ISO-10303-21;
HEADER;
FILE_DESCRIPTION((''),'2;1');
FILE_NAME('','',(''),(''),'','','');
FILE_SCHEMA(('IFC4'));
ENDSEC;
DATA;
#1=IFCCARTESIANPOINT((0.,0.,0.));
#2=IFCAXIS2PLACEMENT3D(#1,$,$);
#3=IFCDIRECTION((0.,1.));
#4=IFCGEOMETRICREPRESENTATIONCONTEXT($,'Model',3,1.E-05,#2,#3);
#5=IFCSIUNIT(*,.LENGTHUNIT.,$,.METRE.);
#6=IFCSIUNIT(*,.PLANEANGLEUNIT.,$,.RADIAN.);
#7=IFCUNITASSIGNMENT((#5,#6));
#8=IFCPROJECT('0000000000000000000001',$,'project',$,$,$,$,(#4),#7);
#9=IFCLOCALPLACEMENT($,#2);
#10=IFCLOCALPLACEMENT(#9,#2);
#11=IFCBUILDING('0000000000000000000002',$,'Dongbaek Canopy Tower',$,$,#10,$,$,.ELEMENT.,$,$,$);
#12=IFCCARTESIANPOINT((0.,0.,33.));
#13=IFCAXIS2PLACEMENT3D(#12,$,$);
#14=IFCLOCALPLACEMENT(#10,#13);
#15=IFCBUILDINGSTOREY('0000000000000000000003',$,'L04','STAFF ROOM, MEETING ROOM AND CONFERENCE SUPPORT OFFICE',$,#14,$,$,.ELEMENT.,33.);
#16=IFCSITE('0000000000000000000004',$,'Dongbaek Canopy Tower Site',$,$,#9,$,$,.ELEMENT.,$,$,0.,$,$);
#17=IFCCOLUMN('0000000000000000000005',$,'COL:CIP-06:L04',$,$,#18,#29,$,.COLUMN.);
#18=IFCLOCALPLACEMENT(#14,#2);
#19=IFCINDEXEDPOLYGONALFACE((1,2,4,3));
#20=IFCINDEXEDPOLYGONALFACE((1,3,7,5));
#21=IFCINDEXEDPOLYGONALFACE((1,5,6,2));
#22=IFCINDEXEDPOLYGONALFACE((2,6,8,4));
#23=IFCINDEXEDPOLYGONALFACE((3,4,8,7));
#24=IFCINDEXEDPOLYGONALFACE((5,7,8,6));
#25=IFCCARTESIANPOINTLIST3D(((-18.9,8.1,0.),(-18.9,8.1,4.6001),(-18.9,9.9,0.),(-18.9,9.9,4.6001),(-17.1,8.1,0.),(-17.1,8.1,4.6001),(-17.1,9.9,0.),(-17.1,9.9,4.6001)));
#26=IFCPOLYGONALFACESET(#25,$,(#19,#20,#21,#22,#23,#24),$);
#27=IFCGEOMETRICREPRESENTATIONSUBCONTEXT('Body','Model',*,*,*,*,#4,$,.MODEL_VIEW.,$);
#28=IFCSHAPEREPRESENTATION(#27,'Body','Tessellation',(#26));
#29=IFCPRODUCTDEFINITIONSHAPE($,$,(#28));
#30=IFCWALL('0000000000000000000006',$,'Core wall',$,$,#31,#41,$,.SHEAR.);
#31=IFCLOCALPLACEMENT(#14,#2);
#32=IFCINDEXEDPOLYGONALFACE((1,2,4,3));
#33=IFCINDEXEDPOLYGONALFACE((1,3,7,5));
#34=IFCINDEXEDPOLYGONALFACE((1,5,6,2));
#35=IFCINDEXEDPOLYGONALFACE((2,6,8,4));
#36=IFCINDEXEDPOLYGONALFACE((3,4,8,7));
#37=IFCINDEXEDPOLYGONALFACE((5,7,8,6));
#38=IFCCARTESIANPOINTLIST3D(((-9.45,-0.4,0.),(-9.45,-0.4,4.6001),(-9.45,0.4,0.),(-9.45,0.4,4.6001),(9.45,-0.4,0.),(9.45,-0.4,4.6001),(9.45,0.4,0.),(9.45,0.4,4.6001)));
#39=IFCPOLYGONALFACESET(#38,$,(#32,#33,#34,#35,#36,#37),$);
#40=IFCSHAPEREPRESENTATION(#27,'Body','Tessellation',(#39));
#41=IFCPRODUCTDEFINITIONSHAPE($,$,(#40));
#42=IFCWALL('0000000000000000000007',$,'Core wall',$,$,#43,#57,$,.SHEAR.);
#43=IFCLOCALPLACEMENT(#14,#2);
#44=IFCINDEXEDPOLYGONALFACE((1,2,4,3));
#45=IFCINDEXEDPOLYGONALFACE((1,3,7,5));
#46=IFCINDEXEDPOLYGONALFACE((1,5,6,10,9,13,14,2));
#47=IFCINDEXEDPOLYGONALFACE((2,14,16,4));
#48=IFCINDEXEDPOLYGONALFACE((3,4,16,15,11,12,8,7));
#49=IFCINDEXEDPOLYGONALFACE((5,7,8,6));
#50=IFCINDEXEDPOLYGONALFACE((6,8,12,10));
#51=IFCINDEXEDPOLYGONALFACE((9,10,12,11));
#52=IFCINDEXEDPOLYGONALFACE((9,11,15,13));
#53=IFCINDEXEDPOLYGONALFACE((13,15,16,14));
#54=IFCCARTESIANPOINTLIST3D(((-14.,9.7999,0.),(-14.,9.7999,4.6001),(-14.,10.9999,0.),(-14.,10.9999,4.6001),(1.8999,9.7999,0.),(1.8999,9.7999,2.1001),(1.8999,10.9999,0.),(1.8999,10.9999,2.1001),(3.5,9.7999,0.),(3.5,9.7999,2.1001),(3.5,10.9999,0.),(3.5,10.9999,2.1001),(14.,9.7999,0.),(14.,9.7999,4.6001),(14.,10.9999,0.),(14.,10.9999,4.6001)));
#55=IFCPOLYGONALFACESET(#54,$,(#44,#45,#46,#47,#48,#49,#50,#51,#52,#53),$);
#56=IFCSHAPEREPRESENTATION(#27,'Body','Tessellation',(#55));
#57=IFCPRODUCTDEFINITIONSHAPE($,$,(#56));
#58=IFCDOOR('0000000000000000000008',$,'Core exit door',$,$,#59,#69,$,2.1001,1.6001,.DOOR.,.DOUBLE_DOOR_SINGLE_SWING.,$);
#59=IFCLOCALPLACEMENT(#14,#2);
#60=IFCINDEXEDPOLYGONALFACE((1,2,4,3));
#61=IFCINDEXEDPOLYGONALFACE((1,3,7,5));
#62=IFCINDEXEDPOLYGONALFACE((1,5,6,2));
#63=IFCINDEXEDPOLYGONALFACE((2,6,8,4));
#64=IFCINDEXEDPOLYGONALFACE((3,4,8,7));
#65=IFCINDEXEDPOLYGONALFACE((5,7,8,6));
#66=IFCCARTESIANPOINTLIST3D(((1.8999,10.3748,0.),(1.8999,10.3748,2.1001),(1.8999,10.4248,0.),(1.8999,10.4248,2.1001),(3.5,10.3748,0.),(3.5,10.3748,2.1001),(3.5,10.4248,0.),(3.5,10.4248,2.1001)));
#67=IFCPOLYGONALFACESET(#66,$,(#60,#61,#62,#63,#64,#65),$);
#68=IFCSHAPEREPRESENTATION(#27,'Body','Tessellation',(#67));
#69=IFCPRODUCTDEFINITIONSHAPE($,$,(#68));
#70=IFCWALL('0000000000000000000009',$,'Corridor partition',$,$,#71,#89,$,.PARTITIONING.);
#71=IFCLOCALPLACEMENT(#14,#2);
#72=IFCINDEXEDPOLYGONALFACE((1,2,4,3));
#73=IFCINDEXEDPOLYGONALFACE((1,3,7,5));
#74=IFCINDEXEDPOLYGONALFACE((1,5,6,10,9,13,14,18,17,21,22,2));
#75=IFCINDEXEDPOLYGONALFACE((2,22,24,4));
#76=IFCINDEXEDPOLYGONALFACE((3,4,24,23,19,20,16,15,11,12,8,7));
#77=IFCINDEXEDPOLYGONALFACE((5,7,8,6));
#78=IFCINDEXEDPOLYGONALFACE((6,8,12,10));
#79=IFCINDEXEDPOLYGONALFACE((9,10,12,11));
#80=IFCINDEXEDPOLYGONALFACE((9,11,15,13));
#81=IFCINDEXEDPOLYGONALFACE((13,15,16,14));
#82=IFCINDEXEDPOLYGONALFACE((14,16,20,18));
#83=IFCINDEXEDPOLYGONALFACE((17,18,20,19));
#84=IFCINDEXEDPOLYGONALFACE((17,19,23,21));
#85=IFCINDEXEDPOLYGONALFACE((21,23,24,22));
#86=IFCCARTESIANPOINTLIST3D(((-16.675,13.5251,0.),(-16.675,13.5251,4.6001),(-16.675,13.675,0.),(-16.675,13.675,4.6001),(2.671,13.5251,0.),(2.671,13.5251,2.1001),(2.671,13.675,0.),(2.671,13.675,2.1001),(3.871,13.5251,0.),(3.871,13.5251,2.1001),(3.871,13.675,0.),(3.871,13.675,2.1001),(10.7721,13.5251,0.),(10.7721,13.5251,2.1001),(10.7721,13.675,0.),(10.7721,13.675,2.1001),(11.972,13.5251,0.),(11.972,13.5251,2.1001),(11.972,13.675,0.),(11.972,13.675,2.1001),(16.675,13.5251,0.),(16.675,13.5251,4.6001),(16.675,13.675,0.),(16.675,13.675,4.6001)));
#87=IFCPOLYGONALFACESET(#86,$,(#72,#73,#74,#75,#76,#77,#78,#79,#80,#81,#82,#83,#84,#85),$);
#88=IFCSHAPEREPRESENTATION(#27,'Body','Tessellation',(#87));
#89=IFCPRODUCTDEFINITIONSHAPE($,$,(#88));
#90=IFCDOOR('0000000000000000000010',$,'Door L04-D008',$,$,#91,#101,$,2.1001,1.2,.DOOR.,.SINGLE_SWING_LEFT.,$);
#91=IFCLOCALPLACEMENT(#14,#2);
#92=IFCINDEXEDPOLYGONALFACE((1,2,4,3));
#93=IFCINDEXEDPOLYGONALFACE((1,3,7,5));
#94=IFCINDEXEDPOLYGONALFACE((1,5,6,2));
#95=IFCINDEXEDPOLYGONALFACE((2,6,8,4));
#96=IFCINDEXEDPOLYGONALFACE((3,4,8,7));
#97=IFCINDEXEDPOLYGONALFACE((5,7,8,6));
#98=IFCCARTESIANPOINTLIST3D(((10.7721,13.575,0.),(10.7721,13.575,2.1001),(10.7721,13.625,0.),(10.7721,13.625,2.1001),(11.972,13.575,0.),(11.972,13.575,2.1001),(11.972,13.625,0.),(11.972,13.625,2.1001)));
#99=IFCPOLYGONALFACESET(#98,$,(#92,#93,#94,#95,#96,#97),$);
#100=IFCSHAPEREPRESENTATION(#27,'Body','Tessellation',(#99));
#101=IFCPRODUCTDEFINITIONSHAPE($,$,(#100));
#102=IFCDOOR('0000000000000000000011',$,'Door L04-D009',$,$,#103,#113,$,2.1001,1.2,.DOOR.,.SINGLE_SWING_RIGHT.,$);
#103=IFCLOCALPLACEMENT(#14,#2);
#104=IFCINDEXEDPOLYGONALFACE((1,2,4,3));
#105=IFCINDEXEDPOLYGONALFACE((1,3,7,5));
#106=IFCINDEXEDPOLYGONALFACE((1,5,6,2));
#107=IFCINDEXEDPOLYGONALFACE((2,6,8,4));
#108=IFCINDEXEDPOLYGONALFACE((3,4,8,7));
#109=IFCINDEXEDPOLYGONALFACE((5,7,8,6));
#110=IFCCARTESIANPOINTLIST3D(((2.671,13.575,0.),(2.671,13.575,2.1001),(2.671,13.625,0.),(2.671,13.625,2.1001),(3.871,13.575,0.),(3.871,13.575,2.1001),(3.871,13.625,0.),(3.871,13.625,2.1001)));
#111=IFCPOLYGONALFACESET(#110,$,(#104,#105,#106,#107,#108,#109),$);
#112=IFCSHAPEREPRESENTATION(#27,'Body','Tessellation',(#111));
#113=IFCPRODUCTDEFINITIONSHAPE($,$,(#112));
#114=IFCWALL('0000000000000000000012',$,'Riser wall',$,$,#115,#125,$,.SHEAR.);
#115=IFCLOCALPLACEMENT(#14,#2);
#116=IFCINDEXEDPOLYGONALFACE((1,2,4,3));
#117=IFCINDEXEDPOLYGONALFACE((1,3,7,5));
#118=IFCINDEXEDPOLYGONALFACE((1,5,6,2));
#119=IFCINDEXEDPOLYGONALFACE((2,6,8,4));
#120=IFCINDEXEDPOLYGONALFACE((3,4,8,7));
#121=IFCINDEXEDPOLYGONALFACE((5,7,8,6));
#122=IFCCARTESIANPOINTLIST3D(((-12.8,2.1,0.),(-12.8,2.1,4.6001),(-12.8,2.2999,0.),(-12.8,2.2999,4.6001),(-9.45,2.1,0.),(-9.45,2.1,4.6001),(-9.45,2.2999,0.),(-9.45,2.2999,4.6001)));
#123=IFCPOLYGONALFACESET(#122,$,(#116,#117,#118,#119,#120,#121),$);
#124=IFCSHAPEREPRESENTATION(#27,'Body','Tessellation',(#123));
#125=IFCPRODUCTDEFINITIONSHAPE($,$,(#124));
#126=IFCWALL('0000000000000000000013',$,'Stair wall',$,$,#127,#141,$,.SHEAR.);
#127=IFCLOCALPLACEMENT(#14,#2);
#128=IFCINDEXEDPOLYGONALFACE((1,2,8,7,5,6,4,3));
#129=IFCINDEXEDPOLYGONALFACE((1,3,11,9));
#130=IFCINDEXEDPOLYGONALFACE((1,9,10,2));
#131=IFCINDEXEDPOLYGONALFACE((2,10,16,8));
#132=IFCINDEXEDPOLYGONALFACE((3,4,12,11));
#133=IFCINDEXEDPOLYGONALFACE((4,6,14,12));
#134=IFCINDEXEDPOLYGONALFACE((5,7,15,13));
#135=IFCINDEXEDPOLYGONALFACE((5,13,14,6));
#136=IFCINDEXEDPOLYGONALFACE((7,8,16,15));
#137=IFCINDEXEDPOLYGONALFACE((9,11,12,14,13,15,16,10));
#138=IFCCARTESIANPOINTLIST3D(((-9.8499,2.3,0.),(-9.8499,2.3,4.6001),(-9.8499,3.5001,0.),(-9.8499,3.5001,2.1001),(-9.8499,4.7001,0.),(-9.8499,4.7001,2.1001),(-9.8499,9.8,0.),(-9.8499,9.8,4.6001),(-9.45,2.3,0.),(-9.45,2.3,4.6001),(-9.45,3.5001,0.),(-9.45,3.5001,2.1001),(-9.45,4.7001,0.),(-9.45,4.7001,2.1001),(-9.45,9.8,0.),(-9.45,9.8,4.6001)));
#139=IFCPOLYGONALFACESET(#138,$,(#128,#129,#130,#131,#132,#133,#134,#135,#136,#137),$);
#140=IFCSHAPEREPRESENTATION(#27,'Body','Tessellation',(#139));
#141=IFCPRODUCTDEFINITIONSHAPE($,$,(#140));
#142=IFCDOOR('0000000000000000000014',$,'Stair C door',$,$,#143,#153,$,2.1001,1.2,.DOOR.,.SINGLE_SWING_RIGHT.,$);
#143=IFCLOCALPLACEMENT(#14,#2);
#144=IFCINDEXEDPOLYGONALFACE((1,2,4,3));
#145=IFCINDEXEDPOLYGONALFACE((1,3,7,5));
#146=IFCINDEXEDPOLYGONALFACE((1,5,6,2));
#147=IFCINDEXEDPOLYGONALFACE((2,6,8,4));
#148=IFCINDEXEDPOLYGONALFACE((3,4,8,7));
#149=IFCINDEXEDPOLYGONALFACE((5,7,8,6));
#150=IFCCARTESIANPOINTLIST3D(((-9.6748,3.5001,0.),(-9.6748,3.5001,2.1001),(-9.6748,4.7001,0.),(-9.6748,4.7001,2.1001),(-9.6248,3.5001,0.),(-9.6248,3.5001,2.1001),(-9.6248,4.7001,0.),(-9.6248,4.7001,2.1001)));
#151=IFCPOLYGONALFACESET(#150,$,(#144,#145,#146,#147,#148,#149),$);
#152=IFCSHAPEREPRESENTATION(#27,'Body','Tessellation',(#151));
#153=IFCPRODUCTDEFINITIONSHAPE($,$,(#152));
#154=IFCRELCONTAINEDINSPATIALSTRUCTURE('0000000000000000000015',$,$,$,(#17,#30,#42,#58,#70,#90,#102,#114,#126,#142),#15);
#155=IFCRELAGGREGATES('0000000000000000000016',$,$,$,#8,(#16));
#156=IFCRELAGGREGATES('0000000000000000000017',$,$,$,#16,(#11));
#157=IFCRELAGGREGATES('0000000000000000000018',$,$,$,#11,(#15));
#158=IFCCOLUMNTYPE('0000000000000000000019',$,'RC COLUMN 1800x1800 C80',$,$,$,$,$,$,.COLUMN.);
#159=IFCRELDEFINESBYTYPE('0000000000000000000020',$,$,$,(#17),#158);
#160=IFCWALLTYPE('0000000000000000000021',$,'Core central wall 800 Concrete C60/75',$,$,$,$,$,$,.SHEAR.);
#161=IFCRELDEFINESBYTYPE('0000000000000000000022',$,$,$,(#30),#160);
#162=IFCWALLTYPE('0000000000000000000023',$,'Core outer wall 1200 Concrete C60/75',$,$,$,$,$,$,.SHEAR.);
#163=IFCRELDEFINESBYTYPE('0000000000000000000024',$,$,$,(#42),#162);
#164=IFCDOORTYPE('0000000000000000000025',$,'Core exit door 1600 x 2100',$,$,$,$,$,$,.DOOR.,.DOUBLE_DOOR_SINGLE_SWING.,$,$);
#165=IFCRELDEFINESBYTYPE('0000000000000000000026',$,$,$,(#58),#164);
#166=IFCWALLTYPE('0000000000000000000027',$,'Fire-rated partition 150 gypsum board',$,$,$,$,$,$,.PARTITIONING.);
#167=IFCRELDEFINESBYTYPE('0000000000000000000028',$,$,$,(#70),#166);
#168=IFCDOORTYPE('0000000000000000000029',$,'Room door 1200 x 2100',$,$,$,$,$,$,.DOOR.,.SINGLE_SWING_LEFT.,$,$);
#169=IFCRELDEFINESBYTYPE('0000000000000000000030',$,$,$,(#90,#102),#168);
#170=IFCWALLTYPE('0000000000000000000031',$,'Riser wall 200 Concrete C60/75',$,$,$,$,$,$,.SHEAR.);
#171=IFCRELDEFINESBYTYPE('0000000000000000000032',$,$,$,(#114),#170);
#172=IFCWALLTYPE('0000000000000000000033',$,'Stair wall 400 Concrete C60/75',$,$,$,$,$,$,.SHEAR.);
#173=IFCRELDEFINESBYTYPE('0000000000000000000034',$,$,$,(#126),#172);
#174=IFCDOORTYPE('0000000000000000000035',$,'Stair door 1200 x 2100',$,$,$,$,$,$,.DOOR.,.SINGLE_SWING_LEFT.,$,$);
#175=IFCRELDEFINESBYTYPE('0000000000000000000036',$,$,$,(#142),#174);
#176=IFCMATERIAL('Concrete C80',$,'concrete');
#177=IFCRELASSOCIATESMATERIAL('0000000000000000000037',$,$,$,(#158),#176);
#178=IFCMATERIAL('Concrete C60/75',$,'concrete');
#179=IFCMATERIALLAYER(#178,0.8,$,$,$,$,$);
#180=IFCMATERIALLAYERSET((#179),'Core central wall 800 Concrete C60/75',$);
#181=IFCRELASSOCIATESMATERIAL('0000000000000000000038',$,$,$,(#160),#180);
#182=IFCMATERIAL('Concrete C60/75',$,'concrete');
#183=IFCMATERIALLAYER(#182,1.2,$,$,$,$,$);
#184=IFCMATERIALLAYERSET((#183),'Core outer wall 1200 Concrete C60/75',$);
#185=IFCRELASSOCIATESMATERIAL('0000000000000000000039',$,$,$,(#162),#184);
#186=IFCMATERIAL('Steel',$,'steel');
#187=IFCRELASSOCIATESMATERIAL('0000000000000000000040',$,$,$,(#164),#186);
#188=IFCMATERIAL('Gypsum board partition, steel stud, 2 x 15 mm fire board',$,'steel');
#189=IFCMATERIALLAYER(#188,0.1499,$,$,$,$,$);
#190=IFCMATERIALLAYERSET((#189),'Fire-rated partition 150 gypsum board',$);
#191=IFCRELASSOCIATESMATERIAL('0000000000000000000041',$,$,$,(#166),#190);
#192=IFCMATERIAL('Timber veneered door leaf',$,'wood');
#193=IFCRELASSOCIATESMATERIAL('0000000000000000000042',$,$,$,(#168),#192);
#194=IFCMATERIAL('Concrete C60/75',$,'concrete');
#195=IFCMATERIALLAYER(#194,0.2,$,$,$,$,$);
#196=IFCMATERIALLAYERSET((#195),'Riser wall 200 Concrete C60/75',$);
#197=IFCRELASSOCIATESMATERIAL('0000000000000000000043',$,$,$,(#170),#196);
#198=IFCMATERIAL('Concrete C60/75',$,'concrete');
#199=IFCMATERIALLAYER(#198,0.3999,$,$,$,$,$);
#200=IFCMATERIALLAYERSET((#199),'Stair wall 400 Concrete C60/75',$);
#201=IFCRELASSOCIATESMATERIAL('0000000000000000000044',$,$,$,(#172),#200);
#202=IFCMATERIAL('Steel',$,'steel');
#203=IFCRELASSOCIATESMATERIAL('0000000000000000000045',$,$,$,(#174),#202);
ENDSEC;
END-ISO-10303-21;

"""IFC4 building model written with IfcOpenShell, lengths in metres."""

from ifc_helpers import new_model, si_unit, direction, frame, frame_2d, origin, origin_2d, place, context, subcontext, project, spatial, rectangle, extrude, material, layer, layer_set, material_profile, profile_set, type_object, element, fill, save


model = new_model("IFC4")

# Units and contexts
model_context = context("Model", 3, precision=1e-05, world=origin(), true_north=direction((0.0, 1.0)))
body_context = subcontext(model_context, "Body", "Model", "MODEL_VIEW")
ifc_project = project(units=[si_unit("LENGTHUNIT", "METRE"), si_unit("PLANEANGLEUNIT", "RADIAN")], contexts=[model_context])

# Site, building, storey
site_placement = place(None, origin())
site = spatial("IfcSite", under=ifc_project, at=site_placement, Name="Dongbaek Canopy Tower Site", CompositionType="ELEMENT", RefElevation=0.0)
building_placement = place(site_placement, origin())
building = spatial("IfcBuilding", under=site, at=building_placement, Name="Dongbaek Canopy Tower", CompositionType="ELEMENT")
storey_placement = place(building_placement, frame((0.0, 0.0, 33.0)))
storey = spatial("IfcBuildingStorey", under=building, at=storey_placement, Name="L04", Description="STAFF ROOM, MEETING ROOM AND CONFERENCE SUPPORT OFFICE", CompositionType="ELEMENT", Elevation=33.0)

# Column
ifc_material_1 = material(Name="Concrete C80", Category="concrete")
ifc_material_profile = material_profile(ifc_material_1, rectangle(XDim=1.8, YDim=1.8, at=origin_2d()), Name="RC COLUMN 1800x1800 C80")
ifc_profile_set = profile_set([ifc_material_profile], Name="Concrete C80")
column_type = type_object("IfcColumnType", Name="RC COLUMN 1800x1800 C80", PredefinedType="COLUMN", material=ifc_profile_set)
column_placement = place(storey_placement, frame((-18.0, 9.0, 0.0), z_axis=(0.0, 0.0, 1.0), x_axis=(1.0, 0.0, 0.0)))
element("IfcColumn", 1, at=column_placement, inside=storey, type_object=column_type, Name="COL:CIP-06:L04", PredefinedType="COLUMN", context=body_context, shape_type="SweptSolid", body=[
    extrude(rectangle(XDim=1.8, YDim=1.8, at=origin_2d()), origin(), (0.0, 0.0, 1.0), 4.6001),
])

# Wall
ifc_material_2 = material(Name="Concrete C60/75", Category="concrete")
ifc_layer_1 = layer(ifc_material_2, 0.8)
ifc_layer_set_1 = layer_set([ifc_layer_1], Name="Core central wall 800 Concrete C60/75")
wall_type_1 = type_object("IfcWallType", Name="Core central wall 800 Concrete C60/75", PredefinedType="SHEAR", material=ifc_layer_set_1)
wall_1_placement = place(storey_placement, frame((-9.45, 0.0, 0.0), z_axis=(0.0, 0.0, 1.0), x_axis=(1.0, 0.0, 0.0)))
element("IfcWall", 2, at=wall_1_placement, inside=storey, type_object=wall_type_1, Name="Core wall", PredefinedType="SHEAR", context=body_context, shape_type="SweptSolid", body=[
    extrude(rectangle(XDim=18.8999, YDim=0.8, at=frame_2d((9.45, 0.0))), origin(), (0.0, 0.0, 1.0), 4.6001),
])

# Wall, opening, door
ifc_material_3 = material(Name="Concrete C60/75", Category="concrete")
ifc_layer_2 = layer(ifc_material_3, 1.2)
ifc_layer_set_2 = layer_set([ifc_layer_2], Name="Core outer wall 1200 Concrete C60/75")
wall_type_2 = type_object("IfcWallType", Name="Core outer wall 1200 Concrete C60/75", PredefinedType="SHEAR", material=ifc_layer_set_2)
wall_2_placement = place(storey_placement, frame((-14.0, 10.3999, 0.0), z_axis=(0.0, 0.0, 1.0), x_axis=(1.0, 0.0, 0.0)))
wall_2 = element("IfcWall", 3, at=wall_2_placement, inside=storey, type_object=wall_type_2, Name="Core wall", PredefinedType="SHEAR", context=body_context, shape_type="SweptSolid", body=[
    extrude(rectangle(XDim=28.0, YDim=1.2, at=frame_2d((14.0, 0.0))), origin(), (0.0, 0.0, 1.0), 4.6001),
])
opening_1_placement = place(wall_2_placement, frame((15.8999, 0.0, 0.0)))
opening_1 = element("IfcOpeningElement", 4, at=opening_1_placement, cuts=wall_2, PredefinedType="OPENING", context=body_context, shape_type="SweptSolid", body=[
    extrude(rectangle(XDim=1.6001, YDim=2.1001, at=frame_2d((0.8, 1.05))), frame((0.0, 0.6099, 0.0), z_axis=(0.0, -1.0, 0.0), x_axis=(1.0, 0.0, 0.0)), (0.0, 0.0, 1.0), 1.22),
])
ifc_material_4 = material(Name="Steel", Category="steel")
door_type_1 = type_object("IfcDoorType", Name="Core exit door 1600 x 2100", OperationType="DOUBLE_DOOR_SINGLE_SWING", PredefinedType="DOOR", material=ifc_material_4)
door_1_placement = place(opening_1_placement, origin())
door_1 = element("IfcDoor", 5, at=door_1_placement, inside=storey, type_object=door_type_1, Name="Core exit door", OperationType="DOUBLE_DOOR_SINGLE_SWING", OverallHeight=2.1001, OverallWidth=1.6001, PredefinedType="DOOR", context=body_context, shape_type="SweptSolid", body=[
    extrude(rectangle(XDim=1.6001, YDim=2.1001, at=frame_2d((0.8, 1.05))), frame((0.0, 0.0249, 0.0), z_axis=(0.0, -1.0, 0.0), x_axis=(1.0, 0.0, 0.0)), (0.0, 0.0, 1.0), 0.05),
])
fill(opening_1, door_1)

# Wall, openings, doors
ifc_material_5 = material(Name="Gypsum board partition, steel stud, 2 x 15 mm fire board", Category="steel")
ifc_layer_3 = layer(ifc_material_5, 0.1499)
ifc_layer_set_3 = layer_set([ifc_layer_3], Name="Fire-rated partition 150 gypsum board")
wall_type_3 = type_object("IfcWallType", Name="Fire-rated partition 150 gypsum board", PredefinedType="PARTITIONING", material=ifc_layer_set_3)
wall_3_placement = place(storey_placement, frame((-16.675, 13.6001, 0.0), z_axis=(0.0, 0.0, 1.0), x_axis=(1.0, 0.0, 0.0)))
wall_3 = element("IfcWall", 6, at=wall_3_placement, inside=storey, type_object=wall_type_3, Name="Corridor partition", PredefinedType="PARTITIONING", context=body_context, shape_type="SweptSolid", body=[
    extrude(rectangle(XDim=33.3501, YDim=0.1499, at=frame_2d((16.675, 0.0))), origin(), (0.0, 0.0, 1.0), 4.6001),
])
opening_2_placement = place(wall_3_placement, frame((27.447, 0.0, 0.0)))
opening_2 = element("IfcOpeningElement", 7, at=opening_2_placement, cuts=wall_3, PredefinedType="OPENING", context=body_context, shape_type="SweptSolid", body=[
    extrude(rectangle(XDim=1.2, YDim=2.1001, at=frame_2d((0.6001, 1.05))), frame((0.0, 0.085, 0.0), z_axis=(0.0, -1.0, 0.0), x_axis=(1.0, 0.0, 0.0)), (0.0, 0.0, 1.0), 0.1699),
])
opening_3_placement = place(wall_3_placement, frame((19.3459, 0.0, 0.0)))
opening_3 = element("IfcOpeningElement", 8, at=opening_3_placement, cuts=wall_3, PredefinedType="OPENING", context=body_context, shape_type="SweptSolid", body=[
    extrude(rectangle(XDim=1.2, YDim=2.1001, at=frame_2d((0.6001, 1.05))), frame((0.0, 0.085, 0.0), z_axis=(0.0, -1.0, 0.0), x_axis=(1.0, 0.0, 0.0)), (0.0, 0.0, 1.0), 0.1699),
])
ifc_material_6 = material(Name="Timber veneered door leaf", Category="wood")
door_type_2 = type_object("IfcDoorType", Name="Room door 1200 x 2100", OperationType="SINGLE_SWING_LEFT", PredefinedType="DOOR", material=ifc_material_6)
door_2_placement = place(opening_2_placement, origin())
door_2 = element("IfcDoor", 9, at=door_2_placement, inside=storey, type_object=door_type_2, Name="Door L04-D008", OperationType="SINGLE_SWING_LEFT", OverallHeight=2.1001, OverallWidth=1.2, PredefinedType="DOOR", context=body_context, shape_type="SweptSolid", body=[
    extrude(rectangle(XDim=1.2, YDim=2.1001, at=frame_2d((0.6001, 1.05))), frame((0.0, 0.0249, 0.0), z_axis=(0.0, -1.0, 0.0), x_axis=(1.0, 0.0, 0.0)), (0.0, 0.0, 1.0), 0.05),
])
fill(opening_2, door_2)
door_3_placement = place(opening_3_placement, origin())
door_3 = element("IfcDoor", 10, at=door_3_placement, inside=storey, type_object=door_type_2, Name="Door L04-D009", OperationType="SINGLE_SWING_RIGHT", OverallHeight=2.1001, OverallWidth=1.2, PredefinedType="DOOR", context=body_context, shape_type="SweptSolid", body=[
    extrude(rectangle(XDim=1.2, YDim=2.1001, at=frame_2d((0.6001, 1.05))), frame((0.0, 0.0249, 0.0), z_axis=(0.0, -1.0, 0.0), x_axis=(1.0, 0.0, 0.0)), (0.0, 0.0, 1.0), 0.05),
])
fill(opening_3, door_3)

# Wall
ifc_material_7 = material(Name="Concrete C60/75", Category="concrete")
ifc_layer_4 = layer(ifc_material_7, 0.2)
ifc_layer_set_4 = layer_set([ifc_layer_4], Name="Riser wall 200 Concrete C60/75")
wall_type_4 = type_object("IfcWallType", Name="Riser wall 200 Concrete C60/75", PredefinedType="SHEAR", material=ifc_layer_set_4)
wall_4_placement = place(storey_placement, frame((-9.45, 2.2, 0.0), z_axis=(0.0, 0.0, 1.0), x_axis=(-1.0, 0.0, 0.0)))
element("IfcWall", 11, at=wall_4_placement, inside=storey, type_object=wall_type_4, Name="Riser wall", PredefinedType="SHEAR", context=body_context, shape_type="SweptSolid", body=[
    extrude(rectangle(XDim=3.3501, YDim=0.2, at=frame_2d((1.675, 0.0))), origin(), (0.0, 0.0, 1.0), 4.6001),
])

# Wall, opening, door
ifc_material_8 = material(Name="Concrete C60/75", Category="concrete")
ifc_layer_5 = layer(ifc_material_8, 0.3999)
ifc_layer_set_5 = layer_set([ifc_layer_5], Name="Stair wall 400 Concrete C60/75")
wall_type_5 = type_object("IfcWallType", Name="Stair wall 400 Concrete C60/75", PredefinedType="SHEAR", material=ifc_layer_set_5)
wall_5_placement = place(storey_placement, frame((-9.6499, 2.3, 0.0), z_axis=(0.0, 0.0, 1.0), x_axis=(0.0, 1.0, 0.0)))
wall_5 = element("IfcWall", 12, at=wall_5_placement, inside=storey, type_object=wall_type_5, Name="Stair wall", PredefinedType="SHEAR", context=body_context, shape_type="SweptSolid", body=[
    extrude(rectangle(XDim=7.5, YDim=0.3999, at=frame_2d((3.75, 0.0))), origin(), (0.0, 0.0, 1.0), 4.6001),
])
opening_4_placement = place(wall_5_placement, frame((1.2, 0.0, 0.0)))
opening_4 = element("IfcOpeningElement", 13, at=opening_4_placement, cuts=wall_5, PredefinedType="OPENING", context=body_context, shape_type="SweptSolid", body=[
    extrude(rectangle(XDim=1.2, YDim=2.1001, at=frame_2d((0.6001, 1.05))), frame((0.0, 0.21, 0.0), z_axis=(0.0, -1.0, 0.0), x_axis=(1.0, 0.0, 0.0)), (0.0, 0.0, 1.0), 0.4199),
])
ifc_material_9 = material(Name="Steel", Category="steel")
door_type_3 = type_object("IfcDoorType", Name="Stair door 1200 x 2100", OperationType="SINGLE_SWING_LEFT", PredefinedType="DOOR", material=ifc_material_9)
door_4_placement = place(opening_4_placement, origin())
door_4 = element("IfcDoor", 14, at=door_4_placement, inside=storey, type_object=door_type_3, Name="Stair C door", OperationType="SINGLE_SWING_RIGHT", OverallHeight=2.1001, OverallWidth=1.2, PredefinedType="DOOR", context=body_context, shape_type="SweptSolid", body=[
    extrude(rectangle(XDim=1.2, YDim=2.1001, at=frame_2d((0.6001, 1.05))), frame((0.0, 0.0249, 0.0), z_axis=(0.0, -1.0, 0.0), x_axis=(1.0, 0.0, 0.0)), (0.0, 0.0, 1.0), 0.05),
])
fill(opening_4, door_4)

save(model, "model.ifc")
